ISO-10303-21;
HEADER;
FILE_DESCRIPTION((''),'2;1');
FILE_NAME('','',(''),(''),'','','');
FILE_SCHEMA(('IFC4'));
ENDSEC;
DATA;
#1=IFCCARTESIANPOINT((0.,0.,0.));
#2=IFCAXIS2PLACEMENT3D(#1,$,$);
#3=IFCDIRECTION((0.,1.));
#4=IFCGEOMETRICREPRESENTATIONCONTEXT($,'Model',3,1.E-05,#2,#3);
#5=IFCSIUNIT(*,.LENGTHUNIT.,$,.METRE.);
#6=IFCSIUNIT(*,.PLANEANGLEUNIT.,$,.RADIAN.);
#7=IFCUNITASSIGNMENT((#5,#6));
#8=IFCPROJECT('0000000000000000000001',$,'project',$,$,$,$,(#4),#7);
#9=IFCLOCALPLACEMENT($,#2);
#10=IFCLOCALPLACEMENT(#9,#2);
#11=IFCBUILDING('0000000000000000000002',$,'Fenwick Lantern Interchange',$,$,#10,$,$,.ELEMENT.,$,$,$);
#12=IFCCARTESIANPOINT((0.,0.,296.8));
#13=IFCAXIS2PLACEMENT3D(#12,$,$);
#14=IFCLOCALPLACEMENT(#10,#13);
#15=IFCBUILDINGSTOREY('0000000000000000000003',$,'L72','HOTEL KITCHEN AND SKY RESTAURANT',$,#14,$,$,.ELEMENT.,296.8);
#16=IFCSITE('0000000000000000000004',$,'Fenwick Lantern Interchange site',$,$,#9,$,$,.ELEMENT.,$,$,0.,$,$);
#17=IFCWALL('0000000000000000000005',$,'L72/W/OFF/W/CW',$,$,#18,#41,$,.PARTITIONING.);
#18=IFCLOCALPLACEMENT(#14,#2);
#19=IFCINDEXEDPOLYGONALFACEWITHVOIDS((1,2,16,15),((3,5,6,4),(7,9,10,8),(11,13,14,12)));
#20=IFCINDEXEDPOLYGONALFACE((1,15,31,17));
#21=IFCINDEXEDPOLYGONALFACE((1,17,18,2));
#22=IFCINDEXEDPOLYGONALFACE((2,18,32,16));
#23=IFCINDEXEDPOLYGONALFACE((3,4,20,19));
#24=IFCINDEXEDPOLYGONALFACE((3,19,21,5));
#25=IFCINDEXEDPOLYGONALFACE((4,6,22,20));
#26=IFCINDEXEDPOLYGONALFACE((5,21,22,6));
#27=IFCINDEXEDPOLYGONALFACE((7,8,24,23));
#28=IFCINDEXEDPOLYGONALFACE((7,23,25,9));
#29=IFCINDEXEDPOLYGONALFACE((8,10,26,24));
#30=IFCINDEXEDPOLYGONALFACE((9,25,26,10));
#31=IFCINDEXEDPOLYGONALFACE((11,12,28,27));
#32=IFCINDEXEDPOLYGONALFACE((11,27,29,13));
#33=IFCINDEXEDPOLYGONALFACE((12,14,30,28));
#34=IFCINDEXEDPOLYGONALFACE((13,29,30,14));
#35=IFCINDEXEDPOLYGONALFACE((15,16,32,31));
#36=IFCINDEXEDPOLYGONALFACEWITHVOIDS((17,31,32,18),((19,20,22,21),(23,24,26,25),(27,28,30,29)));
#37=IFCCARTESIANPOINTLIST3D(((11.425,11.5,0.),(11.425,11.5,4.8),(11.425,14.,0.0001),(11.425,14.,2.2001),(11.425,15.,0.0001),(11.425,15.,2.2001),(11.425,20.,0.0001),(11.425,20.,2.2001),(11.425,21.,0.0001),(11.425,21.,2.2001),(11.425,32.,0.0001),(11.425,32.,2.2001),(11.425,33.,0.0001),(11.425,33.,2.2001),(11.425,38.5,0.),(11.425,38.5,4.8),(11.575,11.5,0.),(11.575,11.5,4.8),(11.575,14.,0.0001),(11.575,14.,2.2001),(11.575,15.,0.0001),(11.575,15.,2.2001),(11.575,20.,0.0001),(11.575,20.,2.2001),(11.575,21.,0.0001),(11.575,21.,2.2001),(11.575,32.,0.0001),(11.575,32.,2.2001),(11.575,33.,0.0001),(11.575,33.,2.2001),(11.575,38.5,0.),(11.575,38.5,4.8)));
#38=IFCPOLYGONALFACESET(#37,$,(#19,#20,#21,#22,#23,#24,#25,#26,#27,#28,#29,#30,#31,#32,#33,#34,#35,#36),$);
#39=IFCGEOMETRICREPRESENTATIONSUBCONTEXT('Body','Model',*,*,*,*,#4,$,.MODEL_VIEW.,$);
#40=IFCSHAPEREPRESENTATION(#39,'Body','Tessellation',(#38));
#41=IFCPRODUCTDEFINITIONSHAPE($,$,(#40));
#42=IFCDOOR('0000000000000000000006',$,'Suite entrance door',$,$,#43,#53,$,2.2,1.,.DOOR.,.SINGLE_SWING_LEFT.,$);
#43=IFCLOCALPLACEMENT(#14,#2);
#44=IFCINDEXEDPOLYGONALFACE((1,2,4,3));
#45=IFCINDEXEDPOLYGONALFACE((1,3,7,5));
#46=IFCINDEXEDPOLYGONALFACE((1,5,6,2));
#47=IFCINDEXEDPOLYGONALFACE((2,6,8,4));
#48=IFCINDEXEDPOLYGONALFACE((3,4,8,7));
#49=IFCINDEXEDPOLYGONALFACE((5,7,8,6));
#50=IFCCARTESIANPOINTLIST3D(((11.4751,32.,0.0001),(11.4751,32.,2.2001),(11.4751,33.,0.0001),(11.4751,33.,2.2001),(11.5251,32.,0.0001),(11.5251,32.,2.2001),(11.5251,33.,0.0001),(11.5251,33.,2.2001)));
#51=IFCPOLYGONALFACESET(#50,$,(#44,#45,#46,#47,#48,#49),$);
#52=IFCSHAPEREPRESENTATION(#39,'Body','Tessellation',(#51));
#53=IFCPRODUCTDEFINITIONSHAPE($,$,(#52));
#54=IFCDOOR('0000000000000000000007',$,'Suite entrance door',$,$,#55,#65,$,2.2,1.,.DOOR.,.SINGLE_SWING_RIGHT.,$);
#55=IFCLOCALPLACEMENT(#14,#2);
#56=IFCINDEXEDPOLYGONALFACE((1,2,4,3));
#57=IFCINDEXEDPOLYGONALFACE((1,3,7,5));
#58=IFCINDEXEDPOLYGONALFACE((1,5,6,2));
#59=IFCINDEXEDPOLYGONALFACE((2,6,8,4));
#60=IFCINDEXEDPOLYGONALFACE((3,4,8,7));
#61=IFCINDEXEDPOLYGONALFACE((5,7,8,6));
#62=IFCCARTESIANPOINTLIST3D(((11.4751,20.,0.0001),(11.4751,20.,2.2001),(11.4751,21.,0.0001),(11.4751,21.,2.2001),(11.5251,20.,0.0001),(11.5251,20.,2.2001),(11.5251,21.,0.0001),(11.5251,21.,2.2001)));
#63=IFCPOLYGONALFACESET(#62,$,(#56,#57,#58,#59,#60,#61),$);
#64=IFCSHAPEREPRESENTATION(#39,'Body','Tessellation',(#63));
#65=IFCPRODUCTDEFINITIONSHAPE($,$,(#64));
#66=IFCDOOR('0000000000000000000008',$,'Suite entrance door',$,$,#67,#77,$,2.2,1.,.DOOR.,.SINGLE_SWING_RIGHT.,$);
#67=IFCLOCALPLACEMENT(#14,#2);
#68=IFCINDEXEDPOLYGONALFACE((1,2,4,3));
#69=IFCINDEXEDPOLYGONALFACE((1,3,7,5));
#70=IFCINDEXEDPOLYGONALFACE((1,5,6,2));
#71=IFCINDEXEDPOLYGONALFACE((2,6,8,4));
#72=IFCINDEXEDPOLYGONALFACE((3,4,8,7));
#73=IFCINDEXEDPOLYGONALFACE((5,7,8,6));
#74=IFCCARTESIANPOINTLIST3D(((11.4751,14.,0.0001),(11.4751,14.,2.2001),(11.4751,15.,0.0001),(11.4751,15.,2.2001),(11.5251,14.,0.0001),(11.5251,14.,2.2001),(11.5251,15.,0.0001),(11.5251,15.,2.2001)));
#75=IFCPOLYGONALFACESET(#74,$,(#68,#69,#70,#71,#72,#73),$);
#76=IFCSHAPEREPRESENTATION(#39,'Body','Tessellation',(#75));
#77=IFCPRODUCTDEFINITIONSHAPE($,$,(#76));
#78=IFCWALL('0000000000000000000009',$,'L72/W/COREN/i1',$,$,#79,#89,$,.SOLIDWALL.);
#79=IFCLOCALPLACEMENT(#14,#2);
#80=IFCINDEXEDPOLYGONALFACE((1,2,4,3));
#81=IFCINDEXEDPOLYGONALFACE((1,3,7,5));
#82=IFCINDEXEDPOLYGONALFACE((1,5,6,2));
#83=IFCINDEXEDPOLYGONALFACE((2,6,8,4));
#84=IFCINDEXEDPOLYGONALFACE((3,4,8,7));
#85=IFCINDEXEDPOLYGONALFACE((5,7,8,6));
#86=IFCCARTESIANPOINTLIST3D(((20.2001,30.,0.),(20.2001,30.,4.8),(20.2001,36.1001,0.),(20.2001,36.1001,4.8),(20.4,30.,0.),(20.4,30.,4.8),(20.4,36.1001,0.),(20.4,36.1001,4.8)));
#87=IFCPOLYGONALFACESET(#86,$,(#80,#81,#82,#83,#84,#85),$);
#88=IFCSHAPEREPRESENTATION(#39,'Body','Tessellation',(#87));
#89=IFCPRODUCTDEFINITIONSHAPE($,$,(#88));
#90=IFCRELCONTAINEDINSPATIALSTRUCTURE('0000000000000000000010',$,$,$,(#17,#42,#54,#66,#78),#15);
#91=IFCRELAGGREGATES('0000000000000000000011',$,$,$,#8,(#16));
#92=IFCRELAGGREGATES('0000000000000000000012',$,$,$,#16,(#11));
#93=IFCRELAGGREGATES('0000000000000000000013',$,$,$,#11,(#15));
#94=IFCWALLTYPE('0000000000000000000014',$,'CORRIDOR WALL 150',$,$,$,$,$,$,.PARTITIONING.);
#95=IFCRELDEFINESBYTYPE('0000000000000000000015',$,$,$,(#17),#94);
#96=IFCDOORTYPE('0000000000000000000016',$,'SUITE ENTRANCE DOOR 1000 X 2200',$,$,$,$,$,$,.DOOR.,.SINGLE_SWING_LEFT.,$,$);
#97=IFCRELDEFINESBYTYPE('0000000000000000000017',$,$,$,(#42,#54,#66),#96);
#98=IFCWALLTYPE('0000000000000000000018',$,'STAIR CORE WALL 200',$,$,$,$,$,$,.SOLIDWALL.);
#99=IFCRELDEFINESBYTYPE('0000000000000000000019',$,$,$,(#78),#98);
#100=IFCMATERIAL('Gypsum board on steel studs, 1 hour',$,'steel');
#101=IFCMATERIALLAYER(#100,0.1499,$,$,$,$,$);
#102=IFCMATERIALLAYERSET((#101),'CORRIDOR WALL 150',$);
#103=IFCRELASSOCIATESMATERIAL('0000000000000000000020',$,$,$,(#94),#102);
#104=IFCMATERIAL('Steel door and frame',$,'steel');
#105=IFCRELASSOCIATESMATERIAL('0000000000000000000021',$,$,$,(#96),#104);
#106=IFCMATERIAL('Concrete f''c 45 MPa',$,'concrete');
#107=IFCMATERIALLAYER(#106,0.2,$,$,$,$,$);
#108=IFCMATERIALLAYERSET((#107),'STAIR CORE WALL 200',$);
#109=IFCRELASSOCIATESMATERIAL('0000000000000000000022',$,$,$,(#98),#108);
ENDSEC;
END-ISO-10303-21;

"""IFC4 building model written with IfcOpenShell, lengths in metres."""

from ifc_helpers import new_model, si_unit, direction, frame, frame_2d, origin, place, context, subcontext, project, spatial, rectangle, extrude, material, layer, layer_set, type_object, element, fill, save


model = new_model("IFC4")

# Units and contexts
model_context = context("Model", 3, precision=1e-05, world=origin(), true_north=direction((0.0, 1.0)))
body_context = subcontext(model_context, "Body", "Model", "MODEL_VIEW")
ifc_project = project(units=[si_unit("LENGTHUNIT", "METRE"), si_unit("PLANEANGLEUNIT", "RADIAN")], contexts=[model_context])

# Site, building, storey
site_placement = place(None, origin())
site = spatial("IfcSite", under=ifc_project, at=site_placement, Name="Fenwick Lantern Interchange site", CompositionType="ELEMENT", RefElevation=0.0)
building_placement = place(site_placement, origin())
building = spatial("IfcBuilding", under=site, at=building_placement, Name="Fenwick Lantern Interchange", CompositionType="ELEMENT")
storey_placement = place(building_placement, frame((0.0, 0.0, 296.8)))
storey = spatial("IfcBuildingStorey", under=building, at=storey_placement, Name="L72", Description="HOTEL KITCHEN AND SKY RESTAURANT", CompositionType="ELEMENT", Elevation=296.8)

# Wall, openings, doors
ifc_material_1 = material(Name="Gypsum board on steel studs, 1 hour", Category="steel")
ifc_layer_1 = layer(ifc_material_1, 0.1499)
ifc_layer_set_1 = layer_set([ifc_layer_1], Name="CORRIDOR WALL 150")
wall_type_1 = type_object("IfcWallType", Name="CORRIDOR WALL 150", PredefinedType="PARTITIONING", material=ifc_layer_set_1)
wall_1_placement = place(storey_placement, frame((11.5, 38.5, 0.0), z_axis=(0.0, 0.0, 1.0), x_axis=(0.0, -1.0, 0.0)))
wall_1 = element("IfcWall", 1, at=wall_1_placement, inside=storey, type_object=wall_type_1, Name="L72/W/OFF/W/CW", PredefinedType="PARTITIONING", context=body_context, shape_type="SweptSolid", body=[
    extrude(rectangle(XDim=27.0, YDim=0.1499, at=frame_2d((13.5, 0.0))), origin(), (0.0, 0.0, 1.0), 4.8),
])
opening_1_placement = place(wall_1_placement, frame((5.5, 0.0, 0.0)))
opening_1 = element("IfcOpeningElement", 2, at=opening_1_placement, cuts=wall_1, PredefinedType="OPENING", context=body_context, shape_type="SweptSolid", body=[
    extrude(rectangle(XDim=1.0, YDim=2.2, at=frame_2d((0.5, 1.1001))), frame((0.0, 0.085, 0.0), z_axis=(0.0, -1.0, 0.0), x_axis=(1.0, 0.0, 0.0)), (0.0, 0.0, 1.0), 0.1699),
])
opening_2_placement = place(wall_1_placement, frame((17.5, 0.0, 0.0)))
opening_2 = element("IfcOpeningElement", 3, at=opening_2_placement, cuts=wall_1, PredefinedType="OPENING", context=body_context, shape_type="SweptSolid", body=[
    extrude(rectangle(XDim=1.0, YDim=2.2, at=frame_2d((0.5, 1.1001))), frame((0.0, 0.085, 0.0), z_axis=(0.0, -1.0, 0.0), x_axis=(1.0, 0.0, 0.0)), (0.0, 0.0, 1.0), 0.1699),
])
opening_3_placement = place(wall_1_placement, frame((23.5, 0.0, 0.0)))
opening_3 = element("IfcOpeningElement", 4, at=opening_3_placement, cuts=wall_1, PredefinedType="OPENING", context=body_context, shape_type="SweptSolid", body=[
    extrude(rectangle(XDim=1.0, YDim=2.2, at=frame_2d((0.5, 1.1001))), frame((0.0, 0.085, 0.0), z_axis=(0.0, -1.0, 0.0), x_axis=(1.0, 0.0, 0.0)), (0.0, 0.0, 1.0), 0.1699),
])
ifc_material_2 = material(Name="Steel door and frame", Category="steel")
door_type = type_object("IfcDoorType", Name="SUITE ENTRANCE DOOR 1000 X 2200", OperationType="SINGLE_SWING_LEFT", PredefinedType="DOOR", material=ifc_material_2)
door_1_placement = place(opening_1_placement, frame((1.0, 0.0, 0.0), z_axis=(0.0, 0.0, 1.0), x_axis=(-1.0, 0.0, 0.0)))
door_1 = element("IfcDoor", 5, at=door_1_placement, inside=storey, type_object=door_type, Name="Suite entrance door", OperationType="SINGLE_SWING_LEFT", OverallHeight=2.2, OverallWidth=1.0, PredefinedType="DOOR", context=body_context, shape_type="SweptSolid", body=[
    extrude(rectangle(XDim=1.0, YDim=2.2, at=frame_2d((0.5, 1.1001))), frame((0.0, 0.0249, 0.0), z_axis=(0.0, -1.0, 0.0), x_axis=(1.0, 0.0, 0.0)), (0.0, 0.0, 1.0), 0.05),
])
fill(opening_1, door_1)
door_2_placement = place(opening_2_placement, frame((1.0, 0.0, 0.0), z_axis=(0.0, 0.0, 1.0), x_axis=(-1.0, 0.0, 0.0)))
door_2 = element("IfcDoor", 6, at=door_2_placement, inside=storey, type_object=door_type, Name="Suite entrance door", OperationType="SINGLE_SWING_RIGHT", OverallHeight=2.2, OverallWidth=1.0, PredefinedType="DOOR", context=body_context, shape_type="SweptSolid", body=[
    extrude(rectangle(XDim=1.0, YDim=2.2, at=frame_2d((0.5, 1.1001))), frame((0.0, 0.0249, 0.0), z_axis=(0.0, -1.0, 0.0), x_axis=(1.0, 0.0, 0.0)), (0.0, 0.0, 1.0), 0.05),
])
fill(opening_2, door_2)
door_3_placement = place(opening_3_placement, frame((1.0, 0.0, 0.0), z_axis=(0.0, 0.0, 1.0), x_axis=(-1.0, 0.0, 0.0)))
door_3 = element("IfcDoor", 7, at=door_3_placement, inside=storey, type_object=door_type, Name="Suite entrance door", OperationType="SINGLE_SWING_RIGHT", OverallHeight=2.2, OverallWidth=1.0, PredefinedType="DOOR", context=body_context, shape_type="SweptSolid", body=[
    extrude(rectangle(XDim=1.0, YDim=2.2, at=frame_2d((0.5, 1.1001))), frame((0.0, 0.0249, 0.0), z_axis=(0.0, -1.0, 0.0), x_axis=(1.0, 0.0, 0.0)), (0.0, 0.0, 1.0), 0.05),
])
fill(opening_3, door_3)

# Wall
ifc_material_3 = material(Name="Concrete f'c 45 MPa", Category="concrete")
ifc_layer_2 = layer(ifc_material_3, 0.2)
ifc_layer_set_2 = layer_set([ifc_layer_2], Name="STAIR CORE WALL 200")
wall_type_2 = type_object("IfcWallType", Name="STAIR CORE WALL 200", PredefinedType="SOLIDWALL", material=ifc_layer_set_2)
wall_2_placement = place(storey_placement, frame((20.3, 36.1001, 0.0), z_axis=(0.0, 0.0, 1.0), x_axis=(0.0, -1.0, 0.0)))
element("IfcWall", 8, at=wall_2_placement, inside=storey, type_object=wall_type_2, Name="L72/W/COREN/i1", PredefinedType="SOLIDWALL", context=body_context, shape_type="SweptSolid", body=[
    extrude(rectangle(XDim=6.1001, YDim=0.2, at=frame_2d((3.05, 0.0))), origin(), (0.0, 0.0, 1.0), 4.8),
])

save(model, "model.ifc")
